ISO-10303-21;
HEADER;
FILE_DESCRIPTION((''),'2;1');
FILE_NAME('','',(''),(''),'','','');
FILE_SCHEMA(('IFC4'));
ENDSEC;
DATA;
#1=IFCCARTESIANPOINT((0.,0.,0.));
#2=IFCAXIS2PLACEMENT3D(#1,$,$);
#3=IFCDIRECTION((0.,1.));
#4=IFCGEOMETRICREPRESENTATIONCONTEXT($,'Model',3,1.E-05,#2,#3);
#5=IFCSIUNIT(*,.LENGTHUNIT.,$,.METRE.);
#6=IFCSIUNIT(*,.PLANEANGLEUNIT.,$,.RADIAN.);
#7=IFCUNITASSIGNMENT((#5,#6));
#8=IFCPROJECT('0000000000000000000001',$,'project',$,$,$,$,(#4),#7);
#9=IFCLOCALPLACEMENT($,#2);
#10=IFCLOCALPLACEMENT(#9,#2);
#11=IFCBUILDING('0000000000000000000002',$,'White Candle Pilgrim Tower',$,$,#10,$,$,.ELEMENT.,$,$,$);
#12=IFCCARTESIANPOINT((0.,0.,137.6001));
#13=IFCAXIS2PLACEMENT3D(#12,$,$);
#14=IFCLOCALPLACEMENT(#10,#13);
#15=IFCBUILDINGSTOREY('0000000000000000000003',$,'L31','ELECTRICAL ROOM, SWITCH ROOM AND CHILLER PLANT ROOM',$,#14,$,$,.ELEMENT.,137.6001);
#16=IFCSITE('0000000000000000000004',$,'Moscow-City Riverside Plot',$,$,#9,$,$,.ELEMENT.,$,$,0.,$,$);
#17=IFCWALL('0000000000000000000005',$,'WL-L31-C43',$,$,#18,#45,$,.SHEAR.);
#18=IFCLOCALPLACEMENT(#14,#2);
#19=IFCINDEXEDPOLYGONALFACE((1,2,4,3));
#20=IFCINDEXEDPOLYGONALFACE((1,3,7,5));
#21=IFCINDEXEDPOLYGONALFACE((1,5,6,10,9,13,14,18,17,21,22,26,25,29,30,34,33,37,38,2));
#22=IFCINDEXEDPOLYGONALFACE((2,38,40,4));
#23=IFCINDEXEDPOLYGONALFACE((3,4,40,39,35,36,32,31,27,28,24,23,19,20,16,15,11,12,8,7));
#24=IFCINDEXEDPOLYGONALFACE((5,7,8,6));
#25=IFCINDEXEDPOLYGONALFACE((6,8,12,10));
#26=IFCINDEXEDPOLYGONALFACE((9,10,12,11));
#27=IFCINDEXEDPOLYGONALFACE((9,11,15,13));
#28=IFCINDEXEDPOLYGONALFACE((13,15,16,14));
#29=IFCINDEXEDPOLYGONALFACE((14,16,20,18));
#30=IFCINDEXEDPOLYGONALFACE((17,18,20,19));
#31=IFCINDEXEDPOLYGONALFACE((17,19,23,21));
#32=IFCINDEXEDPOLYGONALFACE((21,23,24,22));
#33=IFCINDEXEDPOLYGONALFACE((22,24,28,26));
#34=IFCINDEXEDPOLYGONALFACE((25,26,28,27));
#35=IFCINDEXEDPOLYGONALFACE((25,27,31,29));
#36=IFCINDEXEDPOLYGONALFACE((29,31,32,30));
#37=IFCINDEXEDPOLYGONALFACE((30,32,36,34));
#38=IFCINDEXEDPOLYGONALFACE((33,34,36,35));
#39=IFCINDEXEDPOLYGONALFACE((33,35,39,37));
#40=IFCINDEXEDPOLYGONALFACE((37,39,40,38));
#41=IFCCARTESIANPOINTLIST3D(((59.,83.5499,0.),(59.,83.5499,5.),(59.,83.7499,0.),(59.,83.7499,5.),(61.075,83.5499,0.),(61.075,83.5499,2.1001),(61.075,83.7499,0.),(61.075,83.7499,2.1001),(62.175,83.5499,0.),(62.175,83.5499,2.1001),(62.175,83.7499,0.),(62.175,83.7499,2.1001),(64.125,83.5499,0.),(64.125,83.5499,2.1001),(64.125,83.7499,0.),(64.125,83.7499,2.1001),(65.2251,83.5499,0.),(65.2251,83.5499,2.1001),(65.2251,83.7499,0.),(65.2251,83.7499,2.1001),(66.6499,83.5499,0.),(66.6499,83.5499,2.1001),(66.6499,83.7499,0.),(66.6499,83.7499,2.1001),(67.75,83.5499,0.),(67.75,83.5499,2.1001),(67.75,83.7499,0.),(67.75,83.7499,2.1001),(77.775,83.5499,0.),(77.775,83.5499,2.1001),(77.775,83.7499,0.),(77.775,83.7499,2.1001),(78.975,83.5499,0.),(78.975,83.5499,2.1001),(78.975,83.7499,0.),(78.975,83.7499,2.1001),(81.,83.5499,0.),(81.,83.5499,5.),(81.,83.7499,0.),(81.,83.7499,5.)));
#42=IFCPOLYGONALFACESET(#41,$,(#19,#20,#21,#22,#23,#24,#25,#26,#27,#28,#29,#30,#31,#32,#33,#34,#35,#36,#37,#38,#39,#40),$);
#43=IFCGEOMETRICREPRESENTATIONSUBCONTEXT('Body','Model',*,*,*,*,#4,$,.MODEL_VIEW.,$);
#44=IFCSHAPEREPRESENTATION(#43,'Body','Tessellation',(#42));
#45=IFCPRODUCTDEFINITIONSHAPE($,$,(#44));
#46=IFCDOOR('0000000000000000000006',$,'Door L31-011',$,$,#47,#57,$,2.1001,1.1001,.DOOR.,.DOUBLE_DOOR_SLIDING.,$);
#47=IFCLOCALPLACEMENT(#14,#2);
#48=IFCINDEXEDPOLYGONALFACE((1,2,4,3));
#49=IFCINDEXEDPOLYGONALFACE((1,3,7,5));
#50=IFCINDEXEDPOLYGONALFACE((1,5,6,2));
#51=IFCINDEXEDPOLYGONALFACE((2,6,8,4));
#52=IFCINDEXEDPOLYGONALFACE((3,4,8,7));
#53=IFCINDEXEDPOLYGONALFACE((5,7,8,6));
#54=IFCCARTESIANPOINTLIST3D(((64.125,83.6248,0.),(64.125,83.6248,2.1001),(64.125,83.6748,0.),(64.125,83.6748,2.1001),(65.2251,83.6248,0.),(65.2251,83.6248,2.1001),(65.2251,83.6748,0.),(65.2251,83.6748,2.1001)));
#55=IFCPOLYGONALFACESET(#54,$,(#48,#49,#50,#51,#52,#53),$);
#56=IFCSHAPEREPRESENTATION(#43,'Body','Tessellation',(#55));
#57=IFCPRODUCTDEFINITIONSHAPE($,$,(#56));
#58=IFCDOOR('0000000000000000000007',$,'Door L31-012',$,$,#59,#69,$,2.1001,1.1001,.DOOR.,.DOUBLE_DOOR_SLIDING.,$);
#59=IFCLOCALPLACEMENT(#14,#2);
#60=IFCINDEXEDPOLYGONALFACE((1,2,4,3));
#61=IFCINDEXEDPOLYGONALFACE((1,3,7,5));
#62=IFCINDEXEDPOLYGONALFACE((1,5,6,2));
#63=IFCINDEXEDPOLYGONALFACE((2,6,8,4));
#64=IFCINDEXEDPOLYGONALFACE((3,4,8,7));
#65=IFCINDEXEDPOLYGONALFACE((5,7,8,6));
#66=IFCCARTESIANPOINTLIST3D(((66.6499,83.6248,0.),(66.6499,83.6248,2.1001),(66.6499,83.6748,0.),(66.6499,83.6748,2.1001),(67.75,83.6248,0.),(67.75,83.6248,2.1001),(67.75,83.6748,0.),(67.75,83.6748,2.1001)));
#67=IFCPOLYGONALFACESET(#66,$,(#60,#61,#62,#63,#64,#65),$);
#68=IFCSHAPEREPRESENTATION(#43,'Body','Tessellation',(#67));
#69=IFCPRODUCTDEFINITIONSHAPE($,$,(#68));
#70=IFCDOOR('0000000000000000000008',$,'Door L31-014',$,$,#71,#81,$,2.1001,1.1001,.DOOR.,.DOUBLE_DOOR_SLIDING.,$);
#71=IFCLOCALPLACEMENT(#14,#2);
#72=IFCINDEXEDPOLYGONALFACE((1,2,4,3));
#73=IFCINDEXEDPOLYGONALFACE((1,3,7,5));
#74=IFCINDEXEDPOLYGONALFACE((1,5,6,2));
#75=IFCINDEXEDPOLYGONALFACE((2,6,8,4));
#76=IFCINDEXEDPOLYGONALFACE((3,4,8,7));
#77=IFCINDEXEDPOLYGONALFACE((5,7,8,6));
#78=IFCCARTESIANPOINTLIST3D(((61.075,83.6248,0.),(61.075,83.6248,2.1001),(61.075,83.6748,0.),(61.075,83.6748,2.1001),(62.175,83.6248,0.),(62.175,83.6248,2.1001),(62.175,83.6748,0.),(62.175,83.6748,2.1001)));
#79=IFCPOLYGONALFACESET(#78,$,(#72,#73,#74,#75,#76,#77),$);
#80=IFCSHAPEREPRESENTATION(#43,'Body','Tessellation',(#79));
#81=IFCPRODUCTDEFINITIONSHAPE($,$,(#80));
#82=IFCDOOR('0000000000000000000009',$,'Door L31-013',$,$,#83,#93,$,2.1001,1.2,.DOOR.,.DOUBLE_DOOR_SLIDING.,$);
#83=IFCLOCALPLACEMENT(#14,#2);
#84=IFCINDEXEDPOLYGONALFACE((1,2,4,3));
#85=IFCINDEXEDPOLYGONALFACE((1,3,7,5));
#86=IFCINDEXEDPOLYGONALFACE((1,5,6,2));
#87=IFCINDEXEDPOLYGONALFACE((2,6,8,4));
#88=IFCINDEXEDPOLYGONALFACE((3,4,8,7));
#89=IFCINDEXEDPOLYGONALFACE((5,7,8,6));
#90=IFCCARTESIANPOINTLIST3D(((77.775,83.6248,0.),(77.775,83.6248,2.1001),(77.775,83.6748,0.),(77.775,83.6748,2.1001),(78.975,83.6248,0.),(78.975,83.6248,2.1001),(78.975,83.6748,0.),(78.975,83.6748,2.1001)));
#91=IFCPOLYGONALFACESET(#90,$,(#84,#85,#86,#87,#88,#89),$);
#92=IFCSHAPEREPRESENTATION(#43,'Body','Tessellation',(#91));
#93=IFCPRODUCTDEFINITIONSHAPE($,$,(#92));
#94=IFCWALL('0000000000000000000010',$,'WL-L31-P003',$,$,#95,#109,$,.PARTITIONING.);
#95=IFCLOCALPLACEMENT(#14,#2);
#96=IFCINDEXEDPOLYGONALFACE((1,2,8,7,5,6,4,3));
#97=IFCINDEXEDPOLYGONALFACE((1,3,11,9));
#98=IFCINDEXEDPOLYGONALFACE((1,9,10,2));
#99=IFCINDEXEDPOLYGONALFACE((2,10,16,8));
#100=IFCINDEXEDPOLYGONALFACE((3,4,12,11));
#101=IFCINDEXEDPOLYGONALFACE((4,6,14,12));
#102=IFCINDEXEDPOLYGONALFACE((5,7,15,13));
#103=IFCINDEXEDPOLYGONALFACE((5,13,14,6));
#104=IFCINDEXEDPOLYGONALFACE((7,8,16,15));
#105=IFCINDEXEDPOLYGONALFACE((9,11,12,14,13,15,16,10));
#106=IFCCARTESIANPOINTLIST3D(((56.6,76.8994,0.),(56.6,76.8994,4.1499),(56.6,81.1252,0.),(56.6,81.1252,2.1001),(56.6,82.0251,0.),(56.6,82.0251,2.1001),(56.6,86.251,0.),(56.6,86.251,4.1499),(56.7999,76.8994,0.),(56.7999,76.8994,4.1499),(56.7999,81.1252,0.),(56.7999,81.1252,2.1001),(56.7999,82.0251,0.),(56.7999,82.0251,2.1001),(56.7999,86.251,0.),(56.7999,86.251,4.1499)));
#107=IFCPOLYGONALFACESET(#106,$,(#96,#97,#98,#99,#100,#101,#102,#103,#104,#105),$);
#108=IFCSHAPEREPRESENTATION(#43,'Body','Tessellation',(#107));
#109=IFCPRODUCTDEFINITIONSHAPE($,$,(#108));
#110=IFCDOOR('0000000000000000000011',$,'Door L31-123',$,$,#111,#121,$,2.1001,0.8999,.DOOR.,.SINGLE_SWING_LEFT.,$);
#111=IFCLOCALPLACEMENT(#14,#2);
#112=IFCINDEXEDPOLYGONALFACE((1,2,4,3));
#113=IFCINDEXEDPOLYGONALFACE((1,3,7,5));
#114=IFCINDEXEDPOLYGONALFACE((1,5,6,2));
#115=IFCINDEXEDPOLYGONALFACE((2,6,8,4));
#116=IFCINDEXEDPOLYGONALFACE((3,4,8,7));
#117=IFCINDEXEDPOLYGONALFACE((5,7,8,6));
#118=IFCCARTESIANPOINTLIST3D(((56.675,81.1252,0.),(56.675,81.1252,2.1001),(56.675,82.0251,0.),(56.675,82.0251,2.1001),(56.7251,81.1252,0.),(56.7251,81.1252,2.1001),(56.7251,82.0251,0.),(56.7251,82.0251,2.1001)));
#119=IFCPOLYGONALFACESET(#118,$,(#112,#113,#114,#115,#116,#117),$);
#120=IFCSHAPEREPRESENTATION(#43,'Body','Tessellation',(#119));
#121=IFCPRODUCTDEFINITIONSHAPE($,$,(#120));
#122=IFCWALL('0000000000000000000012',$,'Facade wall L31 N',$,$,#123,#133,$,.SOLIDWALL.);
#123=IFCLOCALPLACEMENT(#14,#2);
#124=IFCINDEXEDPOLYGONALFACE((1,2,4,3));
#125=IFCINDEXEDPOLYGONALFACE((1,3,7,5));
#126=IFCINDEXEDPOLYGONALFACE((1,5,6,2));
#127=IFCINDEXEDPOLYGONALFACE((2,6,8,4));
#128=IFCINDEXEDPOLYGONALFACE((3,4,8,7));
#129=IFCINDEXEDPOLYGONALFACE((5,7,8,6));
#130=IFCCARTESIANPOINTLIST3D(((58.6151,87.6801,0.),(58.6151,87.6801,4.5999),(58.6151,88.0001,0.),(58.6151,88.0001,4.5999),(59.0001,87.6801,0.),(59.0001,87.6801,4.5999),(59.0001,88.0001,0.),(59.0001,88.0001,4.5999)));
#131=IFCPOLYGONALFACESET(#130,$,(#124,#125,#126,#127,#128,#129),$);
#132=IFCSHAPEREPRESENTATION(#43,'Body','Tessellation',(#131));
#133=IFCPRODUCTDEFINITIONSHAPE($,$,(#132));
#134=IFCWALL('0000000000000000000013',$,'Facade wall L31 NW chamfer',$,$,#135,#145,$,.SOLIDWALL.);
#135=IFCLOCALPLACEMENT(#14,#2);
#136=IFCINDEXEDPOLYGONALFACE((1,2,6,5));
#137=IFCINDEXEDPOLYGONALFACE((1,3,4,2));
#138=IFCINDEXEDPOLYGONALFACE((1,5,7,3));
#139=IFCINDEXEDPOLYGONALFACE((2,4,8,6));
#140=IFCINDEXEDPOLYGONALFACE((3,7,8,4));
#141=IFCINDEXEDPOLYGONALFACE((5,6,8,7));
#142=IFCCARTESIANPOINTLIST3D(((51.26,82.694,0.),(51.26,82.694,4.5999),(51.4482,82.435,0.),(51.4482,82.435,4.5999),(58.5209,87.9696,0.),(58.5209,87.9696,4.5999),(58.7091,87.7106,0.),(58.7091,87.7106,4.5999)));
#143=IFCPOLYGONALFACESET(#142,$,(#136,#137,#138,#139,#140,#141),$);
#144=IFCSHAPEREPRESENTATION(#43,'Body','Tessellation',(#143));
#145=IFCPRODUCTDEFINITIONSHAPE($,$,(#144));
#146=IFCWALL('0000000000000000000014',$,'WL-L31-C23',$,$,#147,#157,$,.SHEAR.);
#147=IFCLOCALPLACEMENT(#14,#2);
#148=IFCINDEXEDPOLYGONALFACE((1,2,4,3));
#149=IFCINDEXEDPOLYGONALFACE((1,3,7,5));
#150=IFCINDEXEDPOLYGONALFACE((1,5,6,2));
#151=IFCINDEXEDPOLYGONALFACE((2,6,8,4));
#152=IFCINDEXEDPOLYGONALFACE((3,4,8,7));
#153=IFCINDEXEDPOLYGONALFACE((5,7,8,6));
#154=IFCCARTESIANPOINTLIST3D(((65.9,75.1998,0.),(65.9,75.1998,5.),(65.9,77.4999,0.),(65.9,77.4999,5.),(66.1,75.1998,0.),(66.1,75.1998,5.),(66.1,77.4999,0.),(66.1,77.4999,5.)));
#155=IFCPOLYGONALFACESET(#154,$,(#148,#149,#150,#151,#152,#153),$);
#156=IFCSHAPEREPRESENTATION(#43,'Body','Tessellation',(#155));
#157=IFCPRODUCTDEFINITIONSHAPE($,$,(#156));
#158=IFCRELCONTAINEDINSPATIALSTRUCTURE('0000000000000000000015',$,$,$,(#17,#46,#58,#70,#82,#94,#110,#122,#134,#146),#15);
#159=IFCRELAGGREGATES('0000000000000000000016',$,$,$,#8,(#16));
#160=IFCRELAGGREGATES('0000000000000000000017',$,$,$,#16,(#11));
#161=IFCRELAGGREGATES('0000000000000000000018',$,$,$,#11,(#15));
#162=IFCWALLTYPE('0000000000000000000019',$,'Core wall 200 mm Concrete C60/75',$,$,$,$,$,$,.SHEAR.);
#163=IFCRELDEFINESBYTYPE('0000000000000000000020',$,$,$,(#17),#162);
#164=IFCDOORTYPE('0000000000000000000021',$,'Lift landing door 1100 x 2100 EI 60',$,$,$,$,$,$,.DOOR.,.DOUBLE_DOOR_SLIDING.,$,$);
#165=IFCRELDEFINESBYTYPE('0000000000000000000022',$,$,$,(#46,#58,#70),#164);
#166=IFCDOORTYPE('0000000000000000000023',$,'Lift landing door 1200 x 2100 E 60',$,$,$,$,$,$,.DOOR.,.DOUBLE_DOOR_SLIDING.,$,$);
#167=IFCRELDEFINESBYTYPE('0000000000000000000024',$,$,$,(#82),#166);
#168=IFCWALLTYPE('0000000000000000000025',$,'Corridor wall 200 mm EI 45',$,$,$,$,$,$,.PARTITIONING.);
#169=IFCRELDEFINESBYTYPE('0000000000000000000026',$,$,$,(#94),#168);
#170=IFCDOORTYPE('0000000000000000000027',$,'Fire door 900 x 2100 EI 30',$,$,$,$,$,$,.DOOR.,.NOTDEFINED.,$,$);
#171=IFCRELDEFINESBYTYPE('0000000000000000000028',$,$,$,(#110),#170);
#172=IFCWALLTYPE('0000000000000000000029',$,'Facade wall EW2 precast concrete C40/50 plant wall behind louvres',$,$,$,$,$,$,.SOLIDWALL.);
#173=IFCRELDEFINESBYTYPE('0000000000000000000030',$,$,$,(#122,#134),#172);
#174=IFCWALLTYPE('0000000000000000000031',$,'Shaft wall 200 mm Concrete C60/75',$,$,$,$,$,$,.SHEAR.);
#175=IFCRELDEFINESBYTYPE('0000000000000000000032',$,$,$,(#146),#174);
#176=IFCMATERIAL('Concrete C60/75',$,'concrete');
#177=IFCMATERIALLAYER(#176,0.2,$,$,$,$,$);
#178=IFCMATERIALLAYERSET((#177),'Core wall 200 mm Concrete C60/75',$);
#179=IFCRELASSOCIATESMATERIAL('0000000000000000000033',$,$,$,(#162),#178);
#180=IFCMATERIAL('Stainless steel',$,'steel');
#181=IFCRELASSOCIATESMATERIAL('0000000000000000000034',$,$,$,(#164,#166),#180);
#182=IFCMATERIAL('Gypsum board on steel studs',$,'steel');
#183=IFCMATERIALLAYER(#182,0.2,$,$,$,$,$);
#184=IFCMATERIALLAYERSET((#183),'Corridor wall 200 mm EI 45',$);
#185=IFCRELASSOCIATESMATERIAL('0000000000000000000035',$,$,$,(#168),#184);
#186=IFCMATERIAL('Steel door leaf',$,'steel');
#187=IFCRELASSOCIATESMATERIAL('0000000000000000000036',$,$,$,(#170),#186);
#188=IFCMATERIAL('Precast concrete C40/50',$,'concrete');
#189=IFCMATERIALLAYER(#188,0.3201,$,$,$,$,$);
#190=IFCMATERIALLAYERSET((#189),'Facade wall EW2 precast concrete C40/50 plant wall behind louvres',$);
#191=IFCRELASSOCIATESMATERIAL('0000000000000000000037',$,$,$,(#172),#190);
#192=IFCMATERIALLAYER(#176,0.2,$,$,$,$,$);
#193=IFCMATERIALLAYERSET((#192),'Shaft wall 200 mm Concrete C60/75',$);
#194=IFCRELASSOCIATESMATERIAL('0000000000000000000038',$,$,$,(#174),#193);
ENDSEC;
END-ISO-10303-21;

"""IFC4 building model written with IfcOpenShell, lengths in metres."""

from ifc_helpers import new_model, si_unit, direction, frame, frame_2d, origin, place, context, subcontext, project, spatial, rectangle, extrude, material, layer, layer_set, type_object, element, fill, save


model = new_model("IFC4")

# Units and contexts
model_context = context("Model", 3, precision=1e-05, world=origin(), true_north=direction((0.0, 1.0)))
body_context = subcontext(model_context, "Body", "Model", "MODEL_VIEW")
ifc_project = project(units=[si_unit("LENGTHUNIT", "METRE"), si_unit("PLANEANGLEUNIT", "RADIAN")], contexts=[model_context])

# Site, building, storey
site_placement = place(None, origin())
site = spatial("IfcSite", under=ifc_project, at=site_placement, Name="Moscow-City Riverside Plot", CompositionType="ELEMENT", RefElevation=0.0)
building_placement = place(site_placement, origin())
building = spatial("IfcBuilding", under=site, at=building_placement, Name="White Candle Pilgrim Tower", CompositionType="ELEMENT")
storey_placement = place(building_placement, frame((0.0, 0.0, 137.6001)))
storey = spatial("IfcBuildingStorey", under=building, at=storey_placement, Name="L31", Description="ELECTRICAL ROOM, SWITCH ROOM AND CHILLER PLANT ROOM", CompositionType="ELEMENT", Elevation=137.6001)

# Shared definitions
ifc_material_1 = material(Name="Concrete C60/75", Category="concrete")
ifc_material_2 = material(Name="Steel door leaf", Category="steel")

# Shared definitions
ifc_layer_1 = layer(ifc_material_1, 0.2)
ifc_layer_set_1 = layer_set([ifc_layer_1], Name="Core wall 200 mm Concrete C60/75")
wall_type_1 = type_object("IfcWallType", Name="Core wall 200 mm Concrete C60/75", PredefinedType="SHEAR", material=ifc_layer_set_1)

# Wall, openings, doors
wall_1_placement = place(storey_placement, frame((59.0, 83.6499, 0.0), z_axis=(0.0, 0.0, 1.0), x_axis=(1.0, 0.0, 0.0)))
wall_1 = element("IfcWall", 1, at=wall_1_placement, inside=storey, type_object=wall_type_1, Name="WL-L31-C43", PredefinedType="SHEAR", context=body_context, shape_type="SweptSolid", body=[
    extrude(rectangle(XDim=22.0, YDim=0.2, at=frame_2d((11.0, 0.0))), origin(), (0.0, 0.0, 1.0), 5.0),
])
opening_1_placement = place(wall_1_placement, frame((5.125, 0.0, 0.0)))
opening_1 = element("IfcOpeningElement", 2, at=opening_1_placement, cuts=wall_1, PredefinedType="OPENING", context=body_context, shape_type="SweptSolid", body=[
    extrude(rectangle(XDim=1.1001, YDim=2.1001, at=frame_2d((0.55, 1.05))), frame((0.0, 0.1099, 0.0), z_axis=(0.0, -1.0, 0.0), x_axis=(1.0, 0.0, 0.0)), (0.0, 0.0, 1.0), 0.22),
])
opening_2_placement = place(wall_1_placement, frame((7.6499, 0.0, 0.0)))
opening_2 = element("IfcOpeningElement", 3, at=opening_2_placement, cuts=wall_1, PredefinedType="OPENING", context=body_context, shape_type="SweptSolid", body=[
    extrude(rectangle(XDim=1.1001, YDim=2.1001, at=frame_2d((0.55, 1.05))), frame((0.0, 0.1099, 0.0), z_axis=(0.0, -1.0, 0.0), x_axis=(1.0, 0.0, 0.0)), (0.0, 0.0, 1.0), 0.22),
])
opening_3_placement = place(wall_1_placement, frame((18.7749, 0.0, 0.0)))
opening_3 = element("IfcOpeningElement", 4, at=opening_3_placement, cuts=wall_1, PredefinedType="OPENING", context=body_context, shape_type="SweptSolid", body=[
    extrude(rectangle(XDim=1.2, YDim=2.1001, at=frame_2d((0.6001, 1.05))), frame((0.0, 0.1099, 0.0), z_axis=(0.0, -1.0, 0.0), x_axis=(1.0, 0.0, 0.0)), (0.0, 0.0, 1.0), 0.22),
])
opening_4_placement = place(wall_1_placement, frame((2.075, 0.0, 0.0)))
opening_4 = element("IfcOpeningElement", 5, at=opening_4_placement, cuts=wall_1, PredefinedType="OPENING", context=body_context, shape_type="SweptSolid", body=[
    extrude(rectangle(XDim=1.1001, YDim=2.1001, at=frame_2d((0.55, 1.05))), frame((0.0, 0.1099, 0.0), z_axis=(0.0, -1.0, 0.0), x_axis=(1.0, 0.0, 0.0)), (0.0, 0.0, 1.0), 0.22),
])
ifc_material_3 = material(Name="Stainless steel", Category="steel")
door_type_1 = type_object("IfcDoorType", Name="Lift landing door 1100 x 2100 EI 60", OperationType="DOUBLE_DOOR_SLIDING", PredefinedType="DOOR", material=ifc_material_3)
door_1_placement = place(opening_1_placement, origin())
door_1 = element("IfcDoor", 6, at=door_1_placement, inside=storey, type_object=door_type_1, Name="Door L31-011", OperationType="DOUBLE_DOOR_SLIDING", OverallHeight=2.1001, OverallWidth=1.1001, PredefinedType="DOOR", context=body_context, shape_type="SweptSolid", body=[
    extrude(rectangle(XDim=1.1001, YDim=2.1001, at=frame_2d((0.55, 1.05))), frame((0.0, 0.0249, 0.0), z_axis=(0.0, -1.0, 0.0), x_axis=(1.0, 0.0, 0.0)), (0.0, 0.0, 1.0), 0.05),
])
fill(opening_1, door_1)
door_2_placement = place(opening_2_placement, origin())
door_2 = element("IfcDoor", 7, at=door_2_placement, inside=storey, type_object=door_type_1, Name="Door L31-012", OperationType="DOUBLE_DOOR_SLIDING", OverallHeight=2.1001, OverallWidth=1.1001, PredefinedType="DOOR", context=body_context, shape_type="SweptSolid", body=[
    extrude(rectangle(XDim=1.1001, YDim=2.1001, at=frame_2d((0.55, 1.05))), frame((0.0, 0.0249, 0.0), z_axis=(0.0, -1.0, 0.0), x_axis=(1.0, 0.0, 0.0)), (0.0, 0.0, 1.0), 0.05),
])
fill(opening_2, door_2)
door_3_placement = place(opening_4_placement, origin())
door_3 = element("IfcDoor", 8, at=door_3_placement, inside=storey, type_object=door_type_1, Name="Door L31-014", OperationType="DOUBLE_DOOR_SLIDING", OverallHeight=2.1001, OverallWidth=1.1001, PredefinedType="DOOR", context=body_context, shape_type="SweptSolid", body=[
    extrude(rectangle(XDim=1.1001, YDim=2.1001, at=frame_2d((0.55, 1.05))), frame((0.0, 0.0249, 0.0), z_axis=(0.0, -1.0, 0.0), x_axis=(1.0, 0.0, 0.0)), (0.0, 0.0, 1.0), 0.05),
])
fill(opening_4, door_3)
door_type_2 = type_object("IfcDoorType", Name="Lift landing door 1200 x 2100 E 60", OperationType="DOUBLE_DOOR_SLIDING", PredefinedType="DOOR", material=ifc_material_3)
door_4_placement = place(opening_3_placement, origin())
door_4 = element("IfcDoor", 9, at=door_4_placement, inside=storey, type_object=door_type_2, Name="Door L31-013", OperationType="DOUBLE_DOOR_SLIDING", OverallHeight=2.1001, OverallWidth=1.2, PredefinedType="DOOR", context=body_context, shape_type="SweptSolid", body=[
    extrude(rectangle(XDim=1.2, YDim=2.1001, at=frame_2d((0.6001, 1.05))), frame((0.0, 0.0249, 0.0), z_axis=(0.0, -1.0, 0.0), x_axis=(1.0, 0.0, 0.0)), (0.0, 0.0, 1.0), 0.05),
])
fill(opening_3, door_4)

# Wall, opening, door
ifc_material_4 = material(Name="Gypsum board on steel studs", Category="steel")
ifc_layer_2 = layer(ifc_material_4, 0.2)
ifc_layer_set_2 = layer_set([ifc_layer_2], Name="Corridor wall 200 mm EI 45")
wall_type_2 = type_object("IfcWallType", Name="Corridor wall 200 mm EI 45", PredefinedType="PARTITIONING", material=ifc_layer_set_2)
wall_2_placement = place(storey_placement, frame((56.7, 76.8994, 0.0), z_axis=(0.0, 0.0, 1.0), x_axis=(0.0, 1.0, 0.0)))
wall_2 = element("IfcWall", 10, at=wall_2_placement, inside=storey, type_object=wall_type_2, Name="WL-L31-P003", PredefinedType="PARTITIONING", context=body_context, shape_type="SweptSolid", body=[
    extrude(rectangle(XDim=9.3516, YDim=0.2, at=frame_2d((4.6758, 0.0))), origin(), (0.0, 0.0, 1.0), 4.1499),
])
opening_5_placement = place(wall_2_placement, frame((4.2258, 0.0, 0.0)))
opening_5 = element("IfcOpeningElement", 11, at=opening_5_placement, cuts=wall_2, PredefinedType="OPENING", context=body_context, shape_type="SweptSolid", body=[
    extrude(rectangle(XDim=0.8999, YDim=2.1001, at=frame_2d((0.45, 1.05))), frame((0.0, 0.1099, 0.0), z_axis=(0.0, -1.0, 0.0), x_axis=(1.0, 0.0, 0.0)), (0.0, 0.0, 1.0), 0.22),
])
door_type_3 = type_object("IfcDoorType", Name="Fire door 900 x 2100 EI 30", OperationType="NOTDEFINED", PredefinedType="DOOR", material=ifc_material_2)
door_5_placement = place(opening_5_placement, origin())
door_5 = element("IfcDoor", 12, at=door_5_placement, inside=storey, type_object=door_type_3, Name="Door L31-123", OperationType="SINGLE_SWING_LEFT", OverallHeight=2.1001, OverallWidth=0.8999, PredefinedType="DOOR", context=body_context, shape_type="SweptSolid", body=[
    extrude(rectangle(XDim=0.8999, YDim=2.1001, at=frame_2d((0.45, 1.05))), frame((0.0, 0.0249, 0.0), z_axis=(0.0, -1.0, 0.0), x_axis=(1.0, 0.0, 0.0)), (0.0, 0.0, 1.0), 0.05),
])
fill(opening_5, door_5)

# Walls
ifc_material_5 = material(Name="Precast concrete C40/50", Category="concrete")
ifc_layer_3 = layer(ifc_material_5, 0.3201)
ifc_layer_set_3 = layer_set([ifc_layer_3], Name="Facade wall EW2 precast concrete C40/50 plant wall behind louvres")
wall_type_3 = type_object("IfcWallType", Name="Facade wall EW2 precast concrete C40/50 plant wall behind louvres", PredefinedType="SOLIDWALL", material=ifc_layer_set_3)
wall_3_placement = place(storey_placement, frame((59.0, 87.8401, 0.0), z_axis=(0.0, 0.0, 1.0), x_axis=(-1.0, 0.0, 0.0)))
element("IfcWall", 13, at=wall_3_placement, inside=storey, type_object=wall_type_3, Name="Facade wall L31 N", PredefinedType="SOLIDWALL", context=body_context, shape_type="SweptSolid", body=[
    extrude(rectangle(XDim=0.385, YDim=0.3201, at=frame_2d((0.1924, 0.0))), origin(), (0.0, 0.0, 1.0), 4.5999),
])
wall_4_placement = place(storey_placement, frame((58.615, 87.8401, 0.0), z_axis=(0.0, 0.0, 1.0), x_axis=(-0.809005, -0.587801, 0.0)))
element("IfcWall", 14, at=wall_4_placement, inside=storey, type_object=wall_type_3, Name="Facade wall L31 NW chamfer", PredefinedType="SOLIDWALL", context=body_context, shape_type="SweptSolid", body=[
    extrude(rectangle(XDim=8.9751, YDim=0.3201, at=frame_2d((4.4875, 0.0))), origin(), (0.0, 0.0, 1.0), 4.5999),
])
ifc_layer_4 = layer(ifc_material_1, 0.2)
ifc_layer_set_4 = layer_set([ifc_layer_4], Name="Shaft wall 200 mm Concrete C60/75")
wall_type_4 = type_object("IfcWallType", Name="Shaft wall 200 mm Concrete C60/75", PredefinedType="SHEAR", material=ifc_layer_set_4)
wall_5_placement = place(storey_placement, frame((66.0, 75.2, 0.0), z_axis=(0.0, 0.0, 1.0), x_axis=(0.0, 1.0, 0.0)))
element("IfcWall", 15, at=wall_5_placement, inside=storey, type_object=wall_type_4, Name="WL-L31-C23", PredefinedType="SHEAR", context=body_context, shape_type="SweptSolid", body=[
    extrude(rectangle(XDim=2.3, YDim=0.2, at=frame_2d((1.1499, 0.0))), origin(), (0.0, 0.0, 1.0), 5.0),
])

save(model, "model.ifc")
